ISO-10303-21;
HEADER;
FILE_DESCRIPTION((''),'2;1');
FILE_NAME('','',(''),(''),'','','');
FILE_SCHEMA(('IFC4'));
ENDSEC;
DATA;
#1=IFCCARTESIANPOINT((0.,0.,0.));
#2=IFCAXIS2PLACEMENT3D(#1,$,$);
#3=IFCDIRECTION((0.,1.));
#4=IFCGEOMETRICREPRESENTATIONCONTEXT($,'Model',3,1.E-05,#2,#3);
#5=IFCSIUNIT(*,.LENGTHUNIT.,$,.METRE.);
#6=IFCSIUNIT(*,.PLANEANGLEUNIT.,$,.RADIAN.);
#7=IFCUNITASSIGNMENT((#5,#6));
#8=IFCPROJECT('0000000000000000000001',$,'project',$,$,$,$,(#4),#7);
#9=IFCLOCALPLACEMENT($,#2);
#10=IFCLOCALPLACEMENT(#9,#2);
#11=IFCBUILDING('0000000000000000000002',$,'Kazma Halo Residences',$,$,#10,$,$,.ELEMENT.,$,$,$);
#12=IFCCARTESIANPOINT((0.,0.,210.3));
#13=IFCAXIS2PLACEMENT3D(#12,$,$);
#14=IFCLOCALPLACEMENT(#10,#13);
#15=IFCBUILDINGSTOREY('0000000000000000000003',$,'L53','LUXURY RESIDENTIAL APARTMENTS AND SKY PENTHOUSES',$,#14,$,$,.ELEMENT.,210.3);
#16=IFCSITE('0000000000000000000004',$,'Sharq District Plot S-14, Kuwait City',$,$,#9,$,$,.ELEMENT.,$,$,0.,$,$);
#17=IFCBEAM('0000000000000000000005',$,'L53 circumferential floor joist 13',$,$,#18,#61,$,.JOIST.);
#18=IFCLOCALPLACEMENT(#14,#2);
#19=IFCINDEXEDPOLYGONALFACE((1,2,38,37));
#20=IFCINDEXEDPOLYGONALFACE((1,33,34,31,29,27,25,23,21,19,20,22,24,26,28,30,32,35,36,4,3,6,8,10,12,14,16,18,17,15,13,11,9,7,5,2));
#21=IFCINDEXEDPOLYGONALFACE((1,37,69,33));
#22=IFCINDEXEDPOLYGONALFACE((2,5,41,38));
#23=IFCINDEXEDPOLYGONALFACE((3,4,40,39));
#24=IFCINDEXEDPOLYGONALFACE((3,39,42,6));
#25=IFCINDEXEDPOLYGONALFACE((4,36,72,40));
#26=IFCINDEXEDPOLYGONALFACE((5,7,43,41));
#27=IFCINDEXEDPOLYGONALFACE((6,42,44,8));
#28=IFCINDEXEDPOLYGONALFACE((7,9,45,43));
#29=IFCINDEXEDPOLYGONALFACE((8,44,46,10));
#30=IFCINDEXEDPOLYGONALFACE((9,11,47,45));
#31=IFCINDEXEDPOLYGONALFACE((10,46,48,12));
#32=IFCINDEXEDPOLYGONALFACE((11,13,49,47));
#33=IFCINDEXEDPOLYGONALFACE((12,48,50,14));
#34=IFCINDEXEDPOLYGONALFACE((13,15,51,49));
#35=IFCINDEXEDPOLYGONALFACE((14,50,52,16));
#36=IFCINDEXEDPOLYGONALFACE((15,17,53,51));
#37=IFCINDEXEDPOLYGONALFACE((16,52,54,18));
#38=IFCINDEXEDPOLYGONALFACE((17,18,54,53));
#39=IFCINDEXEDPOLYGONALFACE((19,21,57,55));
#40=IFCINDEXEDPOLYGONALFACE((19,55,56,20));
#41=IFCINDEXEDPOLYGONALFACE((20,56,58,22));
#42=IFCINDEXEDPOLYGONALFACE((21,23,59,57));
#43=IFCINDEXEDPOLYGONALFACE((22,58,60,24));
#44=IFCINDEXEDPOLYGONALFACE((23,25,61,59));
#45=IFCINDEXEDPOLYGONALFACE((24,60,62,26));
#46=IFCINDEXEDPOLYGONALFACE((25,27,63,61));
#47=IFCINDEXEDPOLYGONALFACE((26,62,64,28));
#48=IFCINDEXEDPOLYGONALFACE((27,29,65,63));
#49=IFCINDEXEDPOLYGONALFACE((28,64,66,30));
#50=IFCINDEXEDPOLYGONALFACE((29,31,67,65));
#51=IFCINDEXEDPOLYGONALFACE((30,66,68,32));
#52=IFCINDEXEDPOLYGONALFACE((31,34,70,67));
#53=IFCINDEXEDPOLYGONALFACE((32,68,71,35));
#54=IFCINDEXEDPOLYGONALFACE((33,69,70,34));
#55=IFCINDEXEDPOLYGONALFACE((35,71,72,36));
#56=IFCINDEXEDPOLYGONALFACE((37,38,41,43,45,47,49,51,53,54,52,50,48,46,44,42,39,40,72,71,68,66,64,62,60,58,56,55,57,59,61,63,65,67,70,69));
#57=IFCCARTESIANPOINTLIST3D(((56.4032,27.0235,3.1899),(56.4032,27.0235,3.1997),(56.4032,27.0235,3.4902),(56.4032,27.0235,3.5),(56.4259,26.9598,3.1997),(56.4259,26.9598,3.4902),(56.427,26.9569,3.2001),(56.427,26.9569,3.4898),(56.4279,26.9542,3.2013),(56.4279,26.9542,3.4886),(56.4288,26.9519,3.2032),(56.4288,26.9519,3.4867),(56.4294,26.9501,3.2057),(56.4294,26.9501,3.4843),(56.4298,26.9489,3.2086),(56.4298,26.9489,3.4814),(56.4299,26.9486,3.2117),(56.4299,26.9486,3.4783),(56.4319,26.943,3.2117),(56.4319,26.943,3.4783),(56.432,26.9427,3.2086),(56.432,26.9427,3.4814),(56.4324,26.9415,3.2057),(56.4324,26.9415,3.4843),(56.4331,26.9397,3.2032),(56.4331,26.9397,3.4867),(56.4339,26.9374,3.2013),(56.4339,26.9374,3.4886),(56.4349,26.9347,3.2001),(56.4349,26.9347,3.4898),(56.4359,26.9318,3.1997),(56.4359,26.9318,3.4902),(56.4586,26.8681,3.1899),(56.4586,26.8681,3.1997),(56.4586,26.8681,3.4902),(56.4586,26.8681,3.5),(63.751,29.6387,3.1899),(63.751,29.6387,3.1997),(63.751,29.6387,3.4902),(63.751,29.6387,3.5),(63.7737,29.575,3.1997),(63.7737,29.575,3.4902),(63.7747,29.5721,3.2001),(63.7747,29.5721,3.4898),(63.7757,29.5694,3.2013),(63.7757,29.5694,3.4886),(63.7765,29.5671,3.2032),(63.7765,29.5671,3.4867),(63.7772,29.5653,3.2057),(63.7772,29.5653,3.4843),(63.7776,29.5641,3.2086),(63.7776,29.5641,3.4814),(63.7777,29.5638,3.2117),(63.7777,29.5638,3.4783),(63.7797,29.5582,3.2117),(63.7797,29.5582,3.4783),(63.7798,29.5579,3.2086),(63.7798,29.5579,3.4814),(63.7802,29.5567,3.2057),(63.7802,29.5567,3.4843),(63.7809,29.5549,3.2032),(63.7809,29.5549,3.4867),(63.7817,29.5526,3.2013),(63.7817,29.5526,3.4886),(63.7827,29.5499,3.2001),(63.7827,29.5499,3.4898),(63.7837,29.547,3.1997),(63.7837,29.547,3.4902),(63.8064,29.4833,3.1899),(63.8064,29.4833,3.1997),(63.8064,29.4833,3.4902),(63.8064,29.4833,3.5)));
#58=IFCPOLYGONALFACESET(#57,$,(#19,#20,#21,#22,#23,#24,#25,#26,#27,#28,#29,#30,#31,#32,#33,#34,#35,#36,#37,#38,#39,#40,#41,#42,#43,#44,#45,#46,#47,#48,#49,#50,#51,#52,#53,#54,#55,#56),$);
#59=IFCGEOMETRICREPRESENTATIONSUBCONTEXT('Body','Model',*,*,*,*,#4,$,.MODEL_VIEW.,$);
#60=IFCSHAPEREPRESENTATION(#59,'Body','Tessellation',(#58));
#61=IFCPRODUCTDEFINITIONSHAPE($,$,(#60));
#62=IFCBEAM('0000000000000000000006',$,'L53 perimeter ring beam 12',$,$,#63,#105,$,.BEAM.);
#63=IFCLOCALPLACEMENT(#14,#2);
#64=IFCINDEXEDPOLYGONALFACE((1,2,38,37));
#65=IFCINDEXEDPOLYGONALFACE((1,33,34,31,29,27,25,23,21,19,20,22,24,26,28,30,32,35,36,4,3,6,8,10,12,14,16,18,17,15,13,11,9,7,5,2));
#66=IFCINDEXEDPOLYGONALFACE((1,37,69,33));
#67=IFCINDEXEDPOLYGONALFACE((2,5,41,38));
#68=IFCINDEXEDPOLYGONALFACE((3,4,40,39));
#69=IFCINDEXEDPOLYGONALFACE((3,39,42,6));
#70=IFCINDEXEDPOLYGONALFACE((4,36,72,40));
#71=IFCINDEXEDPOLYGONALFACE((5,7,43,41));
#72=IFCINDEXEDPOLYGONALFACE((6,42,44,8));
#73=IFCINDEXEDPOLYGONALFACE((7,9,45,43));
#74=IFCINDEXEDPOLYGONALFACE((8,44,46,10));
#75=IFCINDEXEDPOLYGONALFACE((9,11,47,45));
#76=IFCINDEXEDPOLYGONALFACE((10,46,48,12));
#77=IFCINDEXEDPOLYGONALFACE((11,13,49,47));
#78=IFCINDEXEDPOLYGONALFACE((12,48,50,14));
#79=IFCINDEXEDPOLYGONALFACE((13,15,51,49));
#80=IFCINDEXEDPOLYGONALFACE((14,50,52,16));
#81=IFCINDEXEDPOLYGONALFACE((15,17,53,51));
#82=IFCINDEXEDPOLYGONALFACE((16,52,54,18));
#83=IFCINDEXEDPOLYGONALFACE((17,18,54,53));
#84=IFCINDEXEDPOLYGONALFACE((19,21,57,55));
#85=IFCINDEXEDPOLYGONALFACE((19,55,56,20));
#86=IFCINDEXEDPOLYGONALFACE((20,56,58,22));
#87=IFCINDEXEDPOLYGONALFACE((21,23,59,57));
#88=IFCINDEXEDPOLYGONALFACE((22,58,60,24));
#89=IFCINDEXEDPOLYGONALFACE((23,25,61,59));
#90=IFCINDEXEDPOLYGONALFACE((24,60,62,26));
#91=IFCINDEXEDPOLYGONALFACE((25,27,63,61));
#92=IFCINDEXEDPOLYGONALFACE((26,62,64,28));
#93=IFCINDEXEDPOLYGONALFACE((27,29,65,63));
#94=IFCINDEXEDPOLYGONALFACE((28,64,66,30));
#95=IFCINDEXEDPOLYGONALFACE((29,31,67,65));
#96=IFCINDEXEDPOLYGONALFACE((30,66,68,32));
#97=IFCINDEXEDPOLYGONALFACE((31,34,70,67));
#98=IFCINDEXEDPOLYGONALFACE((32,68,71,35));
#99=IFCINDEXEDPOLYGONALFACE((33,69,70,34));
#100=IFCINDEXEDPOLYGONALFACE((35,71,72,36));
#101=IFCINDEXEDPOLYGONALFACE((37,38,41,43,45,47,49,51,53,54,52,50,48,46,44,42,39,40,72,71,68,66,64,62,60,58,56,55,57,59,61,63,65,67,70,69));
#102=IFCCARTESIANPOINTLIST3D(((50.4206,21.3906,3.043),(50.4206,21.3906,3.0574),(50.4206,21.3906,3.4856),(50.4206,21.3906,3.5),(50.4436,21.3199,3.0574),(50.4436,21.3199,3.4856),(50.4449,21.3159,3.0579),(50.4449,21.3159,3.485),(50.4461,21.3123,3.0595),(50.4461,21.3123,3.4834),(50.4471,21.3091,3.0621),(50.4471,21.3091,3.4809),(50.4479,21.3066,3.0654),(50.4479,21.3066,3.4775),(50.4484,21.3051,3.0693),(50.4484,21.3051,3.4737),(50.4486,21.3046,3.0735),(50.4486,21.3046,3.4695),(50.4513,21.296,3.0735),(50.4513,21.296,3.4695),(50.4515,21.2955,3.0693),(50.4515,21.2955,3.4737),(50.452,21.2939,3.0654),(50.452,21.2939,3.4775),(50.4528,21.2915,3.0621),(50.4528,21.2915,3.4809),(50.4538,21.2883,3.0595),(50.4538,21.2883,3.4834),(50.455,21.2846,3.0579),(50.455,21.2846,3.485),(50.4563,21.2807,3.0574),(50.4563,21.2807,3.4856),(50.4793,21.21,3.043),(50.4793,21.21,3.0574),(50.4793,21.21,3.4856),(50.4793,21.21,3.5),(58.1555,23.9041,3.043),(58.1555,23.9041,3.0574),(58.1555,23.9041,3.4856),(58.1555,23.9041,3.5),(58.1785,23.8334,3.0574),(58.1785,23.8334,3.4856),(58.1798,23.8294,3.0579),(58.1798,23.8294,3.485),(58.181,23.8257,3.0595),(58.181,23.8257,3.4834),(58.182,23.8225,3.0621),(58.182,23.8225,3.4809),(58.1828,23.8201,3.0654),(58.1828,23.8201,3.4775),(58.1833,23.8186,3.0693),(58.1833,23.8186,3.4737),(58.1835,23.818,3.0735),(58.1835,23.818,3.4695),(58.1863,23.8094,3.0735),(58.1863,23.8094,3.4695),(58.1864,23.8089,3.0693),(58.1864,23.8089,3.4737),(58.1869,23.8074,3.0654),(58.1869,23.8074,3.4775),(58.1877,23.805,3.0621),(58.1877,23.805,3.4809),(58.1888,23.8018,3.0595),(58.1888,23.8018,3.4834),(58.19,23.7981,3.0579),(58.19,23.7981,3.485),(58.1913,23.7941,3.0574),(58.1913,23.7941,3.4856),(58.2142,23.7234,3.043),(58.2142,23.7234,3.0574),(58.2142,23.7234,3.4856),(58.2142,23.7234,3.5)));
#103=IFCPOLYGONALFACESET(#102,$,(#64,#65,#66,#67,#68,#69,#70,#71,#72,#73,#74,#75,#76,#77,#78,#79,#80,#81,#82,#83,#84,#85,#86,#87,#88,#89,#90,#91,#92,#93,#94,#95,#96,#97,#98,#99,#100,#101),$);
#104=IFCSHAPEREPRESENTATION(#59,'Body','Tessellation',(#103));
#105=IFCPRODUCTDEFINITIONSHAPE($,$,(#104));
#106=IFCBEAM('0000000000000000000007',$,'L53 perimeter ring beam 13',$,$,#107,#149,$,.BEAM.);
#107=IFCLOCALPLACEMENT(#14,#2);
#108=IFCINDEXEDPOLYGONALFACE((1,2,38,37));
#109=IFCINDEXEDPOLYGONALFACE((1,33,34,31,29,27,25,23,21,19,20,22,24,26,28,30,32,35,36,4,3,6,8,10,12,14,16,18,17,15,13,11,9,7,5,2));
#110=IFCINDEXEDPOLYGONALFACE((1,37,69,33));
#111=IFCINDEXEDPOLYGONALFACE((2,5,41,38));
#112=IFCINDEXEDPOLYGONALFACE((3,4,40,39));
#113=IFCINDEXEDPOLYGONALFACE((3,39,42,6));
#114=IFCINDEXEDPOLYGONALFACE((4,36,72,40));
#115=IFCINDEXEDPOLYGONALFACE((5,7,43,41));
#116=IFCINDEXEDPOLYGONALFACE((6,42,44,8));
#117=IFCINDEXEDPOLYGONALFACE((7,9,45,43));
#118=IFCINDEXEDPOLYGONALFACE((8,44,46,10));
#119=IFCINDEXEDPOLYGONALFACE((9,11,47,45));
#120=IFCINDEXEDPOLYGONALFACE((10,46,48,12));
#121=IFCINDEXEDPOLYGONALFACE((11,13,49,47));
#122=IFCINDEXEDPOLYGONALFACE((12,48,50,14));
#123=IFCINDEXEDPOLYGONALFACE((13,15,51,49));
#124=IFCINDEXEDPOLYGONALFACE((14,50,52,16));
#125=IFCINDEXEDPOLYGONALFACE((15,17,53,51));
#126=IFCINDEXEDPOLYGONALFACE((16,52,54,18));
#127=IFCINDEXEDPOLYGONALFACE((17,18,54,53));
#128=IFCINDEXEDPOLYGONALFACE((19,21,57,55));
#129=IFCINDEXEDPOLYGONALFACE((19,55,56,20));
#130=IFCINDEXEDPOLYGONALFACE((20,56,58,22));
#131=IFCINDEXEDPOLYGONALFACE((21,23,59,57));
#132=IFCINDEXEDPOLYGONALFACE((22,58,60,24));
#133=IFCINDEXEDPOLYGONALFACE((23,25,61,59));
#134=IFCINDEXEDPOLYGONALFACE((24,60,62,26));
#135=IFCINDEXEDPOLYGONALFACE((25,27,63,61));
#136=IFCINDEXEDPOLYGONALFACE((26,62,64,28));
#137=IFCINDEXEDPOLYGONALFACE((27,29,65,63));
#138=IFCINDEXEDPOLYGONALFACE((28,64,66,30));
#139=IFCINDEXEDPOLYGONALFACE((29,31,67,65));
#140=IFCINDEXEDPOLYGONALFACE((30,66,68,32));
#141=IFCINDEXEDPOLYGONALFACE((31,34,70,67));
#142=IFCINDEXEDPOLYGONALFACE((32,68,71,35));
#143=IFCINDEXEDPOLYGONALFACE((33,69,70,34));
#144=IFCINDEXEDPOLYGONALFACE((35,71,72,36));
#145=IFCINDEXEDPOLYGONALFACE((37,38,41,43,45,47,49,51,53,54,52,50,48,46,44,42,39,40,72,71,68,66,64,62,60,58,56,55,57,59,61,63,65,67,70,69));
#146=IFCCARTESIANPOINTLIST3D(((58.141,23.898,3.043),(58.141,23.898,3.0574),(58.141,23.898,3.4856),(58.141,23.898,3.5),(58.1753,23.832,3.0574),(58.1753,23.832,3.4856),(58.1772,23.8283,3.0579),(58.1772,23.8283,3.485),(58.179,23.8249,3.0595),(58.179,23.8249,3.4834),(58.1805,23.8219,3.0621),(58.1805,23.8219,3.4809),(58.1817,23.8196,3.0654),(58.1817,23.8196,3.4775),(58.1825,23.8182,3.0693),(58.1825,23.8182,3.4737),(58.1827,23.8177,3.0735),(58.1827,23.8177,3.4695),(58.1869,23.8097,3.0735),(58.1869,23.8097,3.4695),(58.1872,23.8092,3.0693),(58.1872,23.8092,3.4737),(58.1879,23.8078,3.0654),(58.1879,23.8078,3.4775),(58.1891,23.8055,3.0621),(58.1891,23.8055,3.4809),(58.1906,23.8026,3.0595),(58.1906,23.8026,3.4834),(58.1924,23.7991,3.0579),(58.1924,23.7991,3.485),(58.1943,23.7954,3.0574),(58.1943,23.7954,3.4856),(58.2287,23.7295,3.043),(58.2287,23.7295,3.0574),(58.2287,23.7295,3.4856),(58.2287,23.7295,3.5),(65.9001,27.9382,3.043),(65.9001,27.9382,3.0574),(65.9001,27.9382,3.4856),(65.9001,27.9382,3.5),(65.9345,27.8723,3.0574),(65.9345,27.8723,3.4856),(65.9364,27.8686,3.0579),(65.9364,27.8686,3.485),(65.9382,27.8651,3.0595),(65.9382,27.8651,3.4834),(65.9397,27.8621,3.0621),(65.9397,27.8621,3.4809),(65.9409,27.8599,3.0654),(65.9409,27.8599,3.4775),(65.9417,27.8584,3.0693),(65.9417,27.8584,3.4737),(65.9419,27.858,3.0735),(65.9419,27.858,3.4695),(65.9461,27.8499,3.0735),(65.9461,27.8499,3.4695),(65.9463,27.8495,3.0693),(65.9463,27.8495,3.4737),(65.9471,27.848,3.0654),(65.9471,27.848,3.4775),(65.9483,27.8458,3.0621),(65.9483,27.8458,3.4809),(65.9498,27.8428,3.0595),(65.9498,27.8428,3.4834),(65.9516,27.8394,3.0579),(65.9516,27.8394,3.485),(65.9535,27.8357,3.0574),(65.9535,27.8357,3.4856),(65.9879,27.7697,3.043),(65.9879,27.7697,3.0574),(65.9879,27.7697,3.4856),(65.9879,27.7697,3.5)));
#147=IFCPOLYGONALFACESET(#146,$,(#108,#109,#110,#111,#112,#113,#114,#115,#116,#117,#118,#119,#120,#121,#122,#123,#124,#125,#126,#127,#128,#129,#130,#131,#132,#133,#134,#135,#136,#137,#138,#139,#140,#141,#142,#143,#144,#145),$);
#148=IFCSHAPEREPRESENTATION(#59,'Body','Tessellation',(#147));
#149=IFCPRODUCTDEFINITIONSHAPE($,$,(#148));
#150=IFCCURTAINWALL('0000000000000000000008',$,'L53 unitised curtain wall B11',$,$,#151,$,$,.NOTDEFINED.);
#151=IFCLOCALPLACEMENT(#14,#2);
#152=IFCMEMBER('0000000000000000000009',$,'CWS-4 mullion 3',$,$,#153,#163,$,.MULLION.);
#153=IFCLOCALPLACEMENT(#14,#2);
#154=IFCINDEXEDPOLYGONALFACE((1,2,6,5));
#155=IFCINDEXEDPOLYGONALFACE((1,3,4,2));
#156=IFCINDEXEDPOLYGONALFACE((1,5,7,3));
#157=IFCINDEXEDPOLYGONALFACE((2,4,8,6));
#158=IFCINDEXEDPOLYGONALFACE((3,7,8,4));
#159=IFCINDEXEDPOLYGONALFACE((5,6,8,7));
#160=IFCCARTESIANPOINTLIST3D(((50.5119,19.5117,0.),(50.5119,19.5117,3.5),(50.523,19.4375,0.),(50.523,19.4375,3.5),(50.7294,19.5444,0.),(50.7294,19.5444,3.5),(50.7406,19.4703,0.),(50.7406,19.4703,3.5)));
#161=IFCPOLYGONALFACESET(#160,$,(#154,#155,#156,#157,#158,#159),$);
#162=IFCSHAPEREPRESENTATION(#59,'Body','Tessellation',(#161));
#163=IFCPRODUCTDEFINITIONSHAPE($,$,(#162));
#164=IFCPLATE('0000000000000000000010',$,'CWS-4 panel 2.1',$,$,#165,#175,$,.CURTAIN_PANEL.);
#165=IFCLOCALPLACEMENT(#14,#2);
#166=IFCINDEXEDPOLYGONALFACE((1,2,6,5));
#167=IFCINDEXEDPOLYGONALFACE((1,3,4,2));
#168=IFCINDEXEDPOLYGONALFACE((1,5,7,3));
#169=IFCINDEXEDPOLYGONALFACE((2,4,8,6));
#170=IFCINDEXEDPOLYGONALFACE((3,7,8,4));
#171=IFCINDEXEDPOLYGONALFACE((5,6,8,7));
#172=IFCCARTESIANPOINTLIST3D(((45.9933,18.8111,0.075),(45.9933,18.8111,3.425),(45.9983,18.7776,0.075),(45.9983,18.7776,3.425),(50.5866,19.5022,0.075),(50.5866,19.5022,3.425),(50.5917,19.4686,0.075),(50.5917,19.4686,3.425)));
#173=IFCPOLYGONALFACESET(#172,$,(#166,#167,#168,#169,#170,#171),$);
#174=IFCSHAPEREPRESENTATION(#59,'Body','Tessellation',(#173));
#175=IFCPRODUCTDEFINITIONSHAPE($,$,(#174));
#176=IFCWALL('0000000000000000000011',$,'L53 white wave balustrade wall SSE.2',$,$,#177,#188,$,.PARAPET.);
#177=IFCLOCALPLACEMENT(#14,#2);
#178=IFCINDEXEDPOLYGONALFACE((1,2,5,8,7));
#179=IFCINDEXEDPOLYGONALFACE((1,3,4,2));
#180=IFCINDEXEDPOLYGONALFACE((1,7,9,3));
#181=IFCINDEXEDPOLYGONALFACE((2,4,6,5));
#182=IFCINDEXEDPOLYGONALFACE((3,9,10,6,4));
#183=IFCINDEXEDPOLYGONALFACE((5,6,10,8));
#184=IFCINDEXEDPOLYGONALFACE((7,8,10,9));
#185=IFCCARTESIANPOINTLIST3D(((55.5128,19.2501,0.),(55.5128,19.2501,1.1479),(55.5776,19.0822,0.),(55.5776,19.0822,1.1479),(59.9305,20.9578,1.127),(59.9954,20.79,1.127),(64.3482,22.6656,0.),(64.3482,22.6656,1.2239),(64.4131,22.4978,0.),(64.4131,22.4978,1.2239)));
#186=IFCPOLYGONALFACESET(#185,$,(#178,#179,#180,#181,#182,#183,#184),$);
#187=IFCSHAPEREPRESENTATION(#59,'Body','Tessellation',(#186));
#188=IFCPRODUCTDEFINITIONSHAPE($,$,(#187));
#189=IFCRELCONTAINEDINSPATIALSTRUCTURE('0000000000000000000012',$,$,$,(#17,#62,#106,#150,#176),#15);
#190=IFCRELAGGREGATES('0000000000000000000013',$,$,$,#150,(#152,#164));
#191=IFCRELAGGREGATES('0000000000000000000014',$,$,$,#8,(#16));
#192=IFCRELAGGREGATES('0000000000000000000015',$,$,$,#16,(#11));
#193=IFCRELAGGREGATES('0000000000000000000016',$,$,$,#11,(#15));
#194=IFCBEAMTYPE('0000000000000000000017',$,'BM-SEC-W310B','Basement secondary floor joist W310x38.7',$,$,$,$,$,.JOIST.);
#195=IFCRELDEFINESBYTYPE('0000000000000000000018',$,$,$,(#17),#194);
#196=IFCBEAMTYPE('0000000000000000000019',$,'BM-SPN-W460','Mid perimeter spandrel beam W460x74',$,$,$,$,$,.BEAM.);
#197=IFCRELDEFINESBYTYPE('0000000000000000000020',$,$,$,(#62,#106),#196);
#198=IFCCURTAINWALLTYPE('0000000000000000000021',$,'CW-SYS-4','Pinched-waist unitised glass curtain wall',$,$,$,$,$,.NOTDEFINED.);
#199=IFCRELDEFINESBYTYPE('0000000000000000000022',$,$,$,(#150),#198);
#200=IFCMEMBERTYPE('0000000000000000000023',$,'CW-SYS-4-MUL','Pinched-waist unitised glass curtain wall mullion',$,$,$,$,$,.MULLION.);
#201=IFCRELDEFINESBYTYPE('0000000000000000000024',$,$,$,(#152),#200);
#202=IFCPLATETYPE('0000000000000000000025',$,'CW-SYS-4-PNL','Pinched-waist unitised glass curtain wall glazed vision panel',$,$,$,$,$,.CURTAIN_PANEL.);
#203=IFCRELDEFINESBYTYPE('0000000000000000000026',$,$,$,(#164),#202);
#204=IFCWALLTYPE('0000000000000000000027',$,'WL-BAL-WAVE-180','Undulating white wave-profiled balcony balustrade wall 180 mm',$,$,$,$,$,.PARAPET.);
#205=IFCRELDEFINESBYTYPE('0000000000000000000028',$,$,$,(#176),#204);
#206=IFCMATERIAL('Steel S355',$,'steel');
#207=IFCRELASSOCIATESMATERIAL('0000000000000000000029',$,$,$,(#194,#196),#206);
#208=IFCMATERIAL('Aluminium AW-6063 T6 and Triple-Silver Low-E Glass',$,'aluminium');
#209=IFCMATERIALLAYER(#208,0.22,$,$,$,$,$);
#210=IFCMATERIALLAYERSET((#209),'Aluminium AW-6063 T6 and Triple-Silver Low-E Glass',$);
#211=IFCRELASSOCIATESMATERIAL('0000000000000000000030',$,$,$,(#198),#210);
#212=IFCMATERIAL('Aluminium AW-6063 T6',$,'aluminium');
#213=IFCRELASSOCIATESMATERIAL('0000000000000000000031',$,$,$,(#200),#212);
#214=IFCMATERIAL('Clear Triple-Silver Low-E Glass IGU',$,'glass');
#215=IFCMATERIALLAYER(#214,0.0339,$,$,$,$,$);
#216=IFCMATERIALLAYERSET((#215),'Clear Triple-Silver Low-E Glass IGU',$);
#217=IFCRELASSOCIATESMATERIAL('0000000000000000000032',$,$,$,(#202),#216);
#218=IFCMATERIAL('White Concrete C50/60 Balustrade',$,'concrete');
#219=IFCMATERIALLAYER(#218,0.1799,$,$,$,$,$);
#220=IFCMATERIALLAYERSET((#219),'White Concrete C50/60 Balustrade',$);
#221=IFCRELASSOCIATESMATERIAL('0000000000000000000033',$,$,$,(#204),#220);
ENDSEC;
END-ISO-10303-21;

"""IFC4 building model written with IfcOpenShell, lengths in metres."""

from ifc_helpers import new_model, si_unit, direction, frame, origin, origin_2d, place, context, subcontext, project, spatial, polyline, rectangle, i_section, outline, extrude, material, layer, layer_set, material_profile, profile_set, type_object, element, aggregate, save


model = new_model("IFC4")

# Units and contexts
model_context = context("Model", 3, precision=1e-05, world=origin(), true_north=direction((0.0, 1.0)))
body_context = subcontext(model_context, "Body", "Model", "MODEL_VIEW")
ifc_project = project(units=[si_unit("LENGTHUNIT", "METRE"), si_unit("PLANEANGLEUNIT", "RADIAN")], contexts=[model_context])

# Site, building, storey
site_placement = place(None, origin())
site = spatial("IfcSite", under=ifc_project, at=site_placement, Name="Sharq District Plot S-14, Kuwait City", CompositionType="ELEMENT", RefElevation=0.0)
building_placement = place(site_placement, origin())
building = spatial("IfcBuilding", under=site, at=building_placement, Name="Kazma Halo Residences", CompositionType="ELEMENT")
storey_placement = place(building_placement, frame((0.0, 0.0, 210.3)))
storey = spatial("IfcBuildingStorey", under=building, at=storey_placement, Name="L53", Description="LUXURY RESIDENTIAL APARTMENTS AND SKY PENTHOUSES", CompositionType="ELEMENT", Elevation=210.3)

# Beams
ifc_material_1 = material(Name="Steel S355", Category="steel")
ifc_material_profile_1 = material_profile(ifc_material_1, i_section(OverallWidth=0.165, OverallDepth=0.3101, WebThickness=0.0059, FlangeThickness=0.0098, FilletRadius=0.012, at=origin_2d()), Name="W310x38.7")
ifc_profile_set_1 = profile_set([ifc_material_profile_1], Name="Steel S355")
beam_type_1 = type_object("IfcBeamType", Name="BM-SEC-W310B", Description="Basement secondary floor joist W310x38.7", PredefinedType="JOIST", material=ifc_profile_set_1)
beam_1_placement = place(storey_placement, frame((56.4309, 26.9458, 3.345), z_axis=(0.942107, 0.335311, 0.0), x_axis=(-0.335311, 0.942107, 0.0)))
element("IfcBeam", 1, at=beam_1_placement, inside=storey, type_object=beam_type_1, Name="L53 circumferential floor joist 13", PredefinedType="JOIST", context=body_context, shape_type="SweptSolid", body=[
    extrude(i_section(OverallWidth=0.165, OverallDepth=0.3101, WebThickness=0.0059, FlangeThickness=0.0098, FilletRadius=0.012, at=origin_2d()), origin(), (0.0, 0.0, 1.0), 7.7993),
])
ifc_material_profile_2 = material_profile(ifc_material_1, i_section(OverallWidth=0.1899, OverallDepth=0.457, WebThickness=0.009, FlangeThickness=0.0144, FilletRadius=0.0161, at=origin_2d()), Name="W460x74")
ifc_profile_set_2 = profile_set([ifc_material_profile_2], Name="Steel S355")
beam_type_2 = type_object("IfcBeamType", Name="BM-SPN-W460", Description="Mid perimeter spandrel beam W460x74", PredefinedType="BEAM", material=ifc_profile_set_2)
beam_2_placement = place(storey_placement, frame((50.45, 21.3003, 3.2715), z_axis=(0.951049, 0.309041, 0.0), x_axis=(-0.309041, 0.951049, 0.0)))
element("IfcBeam", 2, at=beam_2_placement, inside=storey, type_object=beam_type_2, Name="L53 perimeter ring beam 12", PredefinedType="BEAM", context=body_context, shape_type="SweptSolid", body=[
    extrude(i_section(OverallWidth=0.1899, OverallDepth=0.457, WebThickness=0.009, FlangeThickness=0.0144, FilletRadius=0.0161, at=origin_2d()), origin(), (0.0, 0.0, 1.0), 8.1331),
])
beam_3_placement = place(storey_placement, frame((58.1848, 23.8137, 3.2715), z_axis=(0.886961, 0.461844, 0.0), x_axis=(-0.461844, 0.886961, 0.0)))
element("IfcBeam", 3, at=beam_3_placement, inside=storey, type_object=beam_type_2, Name="L53 perimeter ring beam 13", PredefinedType="BEAM", context=body_context, shape_type="SweptSolid", body=[
    extrude(i_section(OverallWidth=0.1899, OverallDepth=0.457, WebThickness=0.009, FlangeThickness=0.0144, FilletRadius=0.0161, at=origin_2d()), origin(), (0.0, 0.0, 1.0), 8.748),
])

# Curtain wall, member, plate
ifc_material_2 = material(Name="Aluminium AW-6063 T6 and Triple-Silver Low-E Glass", Category="aluminium")
ifc_layer_1 = layer(ifc_material_2, 0.22)
ifc_layer_set_1 = layer_set([ifc_layer_1], Name="Aluminium AW-6063 T6 and Triple-Silver Low-E Glass")
curtain_wall_type = type_object("IfcCurtainWallType", Name="CW-SYS-4", Description="Pinched-waist unitised glass curtain wall", PredefinedType="NOTDEFINED", material=ifc_layer_set_1)
curtain_wall_placement = place(storey_placement, origin())
curtain_wall = element("IfcCurtainWall", 4, at=curtain_wall_placement, inside=storey, type_object=curtain_wall_type, Name="L53 unitised curtain wall B11", PredefinedType="NOTDEFINED")
ifc_material_3 = material(Name="Aluminium AW-6063 T6", Category="aluminium")
ifc_material_profile_3 = material_profile(ifc_material_3, rectangle(XDim=0.075, YDim=0.22, at=origin_2d()), Name="CWM-75x220")
ifc_profile_set_3 = profile_set([ifc_material_profile_3], Name="Aluminium AW-6063 T6")
member_type = type_object("IfcMemberType", Name="CW-SYS-4-MUL", Description="Pinched-waist unitised glass curtain wall mullion", PredefinedType="MULLION", material=ifc_profile_set_3)
member_placement = place(storey_placement, frame((50.6262, 19.491, 0.0), z_axis=(0.0, 0.0, 1.0), x_axis=(-0.148773, 0.988871, 0.0)))
member = element("IfcMember", 5, at=member_placement, type_object=member_type, Name="CWS-4 mullion 3", PredefinedType="MULLION", context=body_context, shape_type="SweptSolid", body=[
    extrude(rectangle(XDim=0.075, YDim=0.22, at=origin_2d()), origin(), (0.0, 0.0, 1.0), 3.5),
])
ifc_material_4 = material(Name="Clear Triple-Silver Low-E Glass IGU", Category="glass")
ifc_layer_2 = layer(ifc_material_4, 0.0339)
ifc_layer_set_2 = layer_set([ifc_layer_2], Name="Clear Triple-Silver Low-E Glass IGU")
plate_type = type_object("IfcPlateType", Name="CW-SYS-4-PNL", Description="Pinched-waist unitised glass curtain wall glazed vision panel", PredefinedType="CURTAIN_PANEL", material=ifc_layer_set_2)
plate_placement = place(storey_placement, frame((48.2925, 19.1399, 0.075), z_axis=(0.0, 0.0, 1.0), x_axis=(0.988871, 0.148773, 0.0)))
plate = element("IfcPlate", 6, at=plate_placement, type_object=plate_type, Name="CWS-4 panel 2.1", PredefinedType="CURTAIN_PANEL", context=body_context, shape_type="SweptSolid", body=[
    extrude(rectangle(XDim=4.645, YDim=0.0339, at=origin_2d()), origin(), (0.0, 0.0, 1.0), 3.3501),
])
aggregate(curtain_wall, [member, plate])

# Wall
ifc_material_5 = material(Name="White Concrete C50/60 Balustrade", Category="concrete")
ifc_layer_3 = layer(ifc_material_5, 0.1799)
ifc_layer_set_3 = layer_set([ifc_layer_3], Name="White Concrete C50/60 Balustrade")
wall_type_1 = type_object("IfcWallType", Name="WL-BAL-WAVE-180", Description="Undulating white wave-profiled balcony balustrade wall 180 mm", PredefinedType="PARAPET", material=ifc_layer_set_3)
wall_1_placement = place(storey_placement, frame((55.5452, 19.1663, 0.0), z_axis=(0.0, 0.0, 1.0), x_axis=(0.932733, 0.360567, 0.0)))
element("IfcWall", 7, at=wall_1_placement, inside=storey, type_object=wall_type_1, Name="L53 white wave balustrade wall SSE.2", PredefinedType="PARAPET", context=body_context, shape_type="SweptSolid", body=[
    extrude(outline(polyline([(0.0, 0.0), (9.4727, 0.0), (9.4727, 1.2239), (4.7363, 1.127), (0.0, 1.1479), (0.0, 0.0)])), frame((0.0, 0.0898, 0.0), z_axis=(0.0, -1.0, 0.0), x_axis=(1.0, 0.0, 0.0)), (0.0, 0.0, 1.0), 0.1799),
])

save(model, "model.ifc")
